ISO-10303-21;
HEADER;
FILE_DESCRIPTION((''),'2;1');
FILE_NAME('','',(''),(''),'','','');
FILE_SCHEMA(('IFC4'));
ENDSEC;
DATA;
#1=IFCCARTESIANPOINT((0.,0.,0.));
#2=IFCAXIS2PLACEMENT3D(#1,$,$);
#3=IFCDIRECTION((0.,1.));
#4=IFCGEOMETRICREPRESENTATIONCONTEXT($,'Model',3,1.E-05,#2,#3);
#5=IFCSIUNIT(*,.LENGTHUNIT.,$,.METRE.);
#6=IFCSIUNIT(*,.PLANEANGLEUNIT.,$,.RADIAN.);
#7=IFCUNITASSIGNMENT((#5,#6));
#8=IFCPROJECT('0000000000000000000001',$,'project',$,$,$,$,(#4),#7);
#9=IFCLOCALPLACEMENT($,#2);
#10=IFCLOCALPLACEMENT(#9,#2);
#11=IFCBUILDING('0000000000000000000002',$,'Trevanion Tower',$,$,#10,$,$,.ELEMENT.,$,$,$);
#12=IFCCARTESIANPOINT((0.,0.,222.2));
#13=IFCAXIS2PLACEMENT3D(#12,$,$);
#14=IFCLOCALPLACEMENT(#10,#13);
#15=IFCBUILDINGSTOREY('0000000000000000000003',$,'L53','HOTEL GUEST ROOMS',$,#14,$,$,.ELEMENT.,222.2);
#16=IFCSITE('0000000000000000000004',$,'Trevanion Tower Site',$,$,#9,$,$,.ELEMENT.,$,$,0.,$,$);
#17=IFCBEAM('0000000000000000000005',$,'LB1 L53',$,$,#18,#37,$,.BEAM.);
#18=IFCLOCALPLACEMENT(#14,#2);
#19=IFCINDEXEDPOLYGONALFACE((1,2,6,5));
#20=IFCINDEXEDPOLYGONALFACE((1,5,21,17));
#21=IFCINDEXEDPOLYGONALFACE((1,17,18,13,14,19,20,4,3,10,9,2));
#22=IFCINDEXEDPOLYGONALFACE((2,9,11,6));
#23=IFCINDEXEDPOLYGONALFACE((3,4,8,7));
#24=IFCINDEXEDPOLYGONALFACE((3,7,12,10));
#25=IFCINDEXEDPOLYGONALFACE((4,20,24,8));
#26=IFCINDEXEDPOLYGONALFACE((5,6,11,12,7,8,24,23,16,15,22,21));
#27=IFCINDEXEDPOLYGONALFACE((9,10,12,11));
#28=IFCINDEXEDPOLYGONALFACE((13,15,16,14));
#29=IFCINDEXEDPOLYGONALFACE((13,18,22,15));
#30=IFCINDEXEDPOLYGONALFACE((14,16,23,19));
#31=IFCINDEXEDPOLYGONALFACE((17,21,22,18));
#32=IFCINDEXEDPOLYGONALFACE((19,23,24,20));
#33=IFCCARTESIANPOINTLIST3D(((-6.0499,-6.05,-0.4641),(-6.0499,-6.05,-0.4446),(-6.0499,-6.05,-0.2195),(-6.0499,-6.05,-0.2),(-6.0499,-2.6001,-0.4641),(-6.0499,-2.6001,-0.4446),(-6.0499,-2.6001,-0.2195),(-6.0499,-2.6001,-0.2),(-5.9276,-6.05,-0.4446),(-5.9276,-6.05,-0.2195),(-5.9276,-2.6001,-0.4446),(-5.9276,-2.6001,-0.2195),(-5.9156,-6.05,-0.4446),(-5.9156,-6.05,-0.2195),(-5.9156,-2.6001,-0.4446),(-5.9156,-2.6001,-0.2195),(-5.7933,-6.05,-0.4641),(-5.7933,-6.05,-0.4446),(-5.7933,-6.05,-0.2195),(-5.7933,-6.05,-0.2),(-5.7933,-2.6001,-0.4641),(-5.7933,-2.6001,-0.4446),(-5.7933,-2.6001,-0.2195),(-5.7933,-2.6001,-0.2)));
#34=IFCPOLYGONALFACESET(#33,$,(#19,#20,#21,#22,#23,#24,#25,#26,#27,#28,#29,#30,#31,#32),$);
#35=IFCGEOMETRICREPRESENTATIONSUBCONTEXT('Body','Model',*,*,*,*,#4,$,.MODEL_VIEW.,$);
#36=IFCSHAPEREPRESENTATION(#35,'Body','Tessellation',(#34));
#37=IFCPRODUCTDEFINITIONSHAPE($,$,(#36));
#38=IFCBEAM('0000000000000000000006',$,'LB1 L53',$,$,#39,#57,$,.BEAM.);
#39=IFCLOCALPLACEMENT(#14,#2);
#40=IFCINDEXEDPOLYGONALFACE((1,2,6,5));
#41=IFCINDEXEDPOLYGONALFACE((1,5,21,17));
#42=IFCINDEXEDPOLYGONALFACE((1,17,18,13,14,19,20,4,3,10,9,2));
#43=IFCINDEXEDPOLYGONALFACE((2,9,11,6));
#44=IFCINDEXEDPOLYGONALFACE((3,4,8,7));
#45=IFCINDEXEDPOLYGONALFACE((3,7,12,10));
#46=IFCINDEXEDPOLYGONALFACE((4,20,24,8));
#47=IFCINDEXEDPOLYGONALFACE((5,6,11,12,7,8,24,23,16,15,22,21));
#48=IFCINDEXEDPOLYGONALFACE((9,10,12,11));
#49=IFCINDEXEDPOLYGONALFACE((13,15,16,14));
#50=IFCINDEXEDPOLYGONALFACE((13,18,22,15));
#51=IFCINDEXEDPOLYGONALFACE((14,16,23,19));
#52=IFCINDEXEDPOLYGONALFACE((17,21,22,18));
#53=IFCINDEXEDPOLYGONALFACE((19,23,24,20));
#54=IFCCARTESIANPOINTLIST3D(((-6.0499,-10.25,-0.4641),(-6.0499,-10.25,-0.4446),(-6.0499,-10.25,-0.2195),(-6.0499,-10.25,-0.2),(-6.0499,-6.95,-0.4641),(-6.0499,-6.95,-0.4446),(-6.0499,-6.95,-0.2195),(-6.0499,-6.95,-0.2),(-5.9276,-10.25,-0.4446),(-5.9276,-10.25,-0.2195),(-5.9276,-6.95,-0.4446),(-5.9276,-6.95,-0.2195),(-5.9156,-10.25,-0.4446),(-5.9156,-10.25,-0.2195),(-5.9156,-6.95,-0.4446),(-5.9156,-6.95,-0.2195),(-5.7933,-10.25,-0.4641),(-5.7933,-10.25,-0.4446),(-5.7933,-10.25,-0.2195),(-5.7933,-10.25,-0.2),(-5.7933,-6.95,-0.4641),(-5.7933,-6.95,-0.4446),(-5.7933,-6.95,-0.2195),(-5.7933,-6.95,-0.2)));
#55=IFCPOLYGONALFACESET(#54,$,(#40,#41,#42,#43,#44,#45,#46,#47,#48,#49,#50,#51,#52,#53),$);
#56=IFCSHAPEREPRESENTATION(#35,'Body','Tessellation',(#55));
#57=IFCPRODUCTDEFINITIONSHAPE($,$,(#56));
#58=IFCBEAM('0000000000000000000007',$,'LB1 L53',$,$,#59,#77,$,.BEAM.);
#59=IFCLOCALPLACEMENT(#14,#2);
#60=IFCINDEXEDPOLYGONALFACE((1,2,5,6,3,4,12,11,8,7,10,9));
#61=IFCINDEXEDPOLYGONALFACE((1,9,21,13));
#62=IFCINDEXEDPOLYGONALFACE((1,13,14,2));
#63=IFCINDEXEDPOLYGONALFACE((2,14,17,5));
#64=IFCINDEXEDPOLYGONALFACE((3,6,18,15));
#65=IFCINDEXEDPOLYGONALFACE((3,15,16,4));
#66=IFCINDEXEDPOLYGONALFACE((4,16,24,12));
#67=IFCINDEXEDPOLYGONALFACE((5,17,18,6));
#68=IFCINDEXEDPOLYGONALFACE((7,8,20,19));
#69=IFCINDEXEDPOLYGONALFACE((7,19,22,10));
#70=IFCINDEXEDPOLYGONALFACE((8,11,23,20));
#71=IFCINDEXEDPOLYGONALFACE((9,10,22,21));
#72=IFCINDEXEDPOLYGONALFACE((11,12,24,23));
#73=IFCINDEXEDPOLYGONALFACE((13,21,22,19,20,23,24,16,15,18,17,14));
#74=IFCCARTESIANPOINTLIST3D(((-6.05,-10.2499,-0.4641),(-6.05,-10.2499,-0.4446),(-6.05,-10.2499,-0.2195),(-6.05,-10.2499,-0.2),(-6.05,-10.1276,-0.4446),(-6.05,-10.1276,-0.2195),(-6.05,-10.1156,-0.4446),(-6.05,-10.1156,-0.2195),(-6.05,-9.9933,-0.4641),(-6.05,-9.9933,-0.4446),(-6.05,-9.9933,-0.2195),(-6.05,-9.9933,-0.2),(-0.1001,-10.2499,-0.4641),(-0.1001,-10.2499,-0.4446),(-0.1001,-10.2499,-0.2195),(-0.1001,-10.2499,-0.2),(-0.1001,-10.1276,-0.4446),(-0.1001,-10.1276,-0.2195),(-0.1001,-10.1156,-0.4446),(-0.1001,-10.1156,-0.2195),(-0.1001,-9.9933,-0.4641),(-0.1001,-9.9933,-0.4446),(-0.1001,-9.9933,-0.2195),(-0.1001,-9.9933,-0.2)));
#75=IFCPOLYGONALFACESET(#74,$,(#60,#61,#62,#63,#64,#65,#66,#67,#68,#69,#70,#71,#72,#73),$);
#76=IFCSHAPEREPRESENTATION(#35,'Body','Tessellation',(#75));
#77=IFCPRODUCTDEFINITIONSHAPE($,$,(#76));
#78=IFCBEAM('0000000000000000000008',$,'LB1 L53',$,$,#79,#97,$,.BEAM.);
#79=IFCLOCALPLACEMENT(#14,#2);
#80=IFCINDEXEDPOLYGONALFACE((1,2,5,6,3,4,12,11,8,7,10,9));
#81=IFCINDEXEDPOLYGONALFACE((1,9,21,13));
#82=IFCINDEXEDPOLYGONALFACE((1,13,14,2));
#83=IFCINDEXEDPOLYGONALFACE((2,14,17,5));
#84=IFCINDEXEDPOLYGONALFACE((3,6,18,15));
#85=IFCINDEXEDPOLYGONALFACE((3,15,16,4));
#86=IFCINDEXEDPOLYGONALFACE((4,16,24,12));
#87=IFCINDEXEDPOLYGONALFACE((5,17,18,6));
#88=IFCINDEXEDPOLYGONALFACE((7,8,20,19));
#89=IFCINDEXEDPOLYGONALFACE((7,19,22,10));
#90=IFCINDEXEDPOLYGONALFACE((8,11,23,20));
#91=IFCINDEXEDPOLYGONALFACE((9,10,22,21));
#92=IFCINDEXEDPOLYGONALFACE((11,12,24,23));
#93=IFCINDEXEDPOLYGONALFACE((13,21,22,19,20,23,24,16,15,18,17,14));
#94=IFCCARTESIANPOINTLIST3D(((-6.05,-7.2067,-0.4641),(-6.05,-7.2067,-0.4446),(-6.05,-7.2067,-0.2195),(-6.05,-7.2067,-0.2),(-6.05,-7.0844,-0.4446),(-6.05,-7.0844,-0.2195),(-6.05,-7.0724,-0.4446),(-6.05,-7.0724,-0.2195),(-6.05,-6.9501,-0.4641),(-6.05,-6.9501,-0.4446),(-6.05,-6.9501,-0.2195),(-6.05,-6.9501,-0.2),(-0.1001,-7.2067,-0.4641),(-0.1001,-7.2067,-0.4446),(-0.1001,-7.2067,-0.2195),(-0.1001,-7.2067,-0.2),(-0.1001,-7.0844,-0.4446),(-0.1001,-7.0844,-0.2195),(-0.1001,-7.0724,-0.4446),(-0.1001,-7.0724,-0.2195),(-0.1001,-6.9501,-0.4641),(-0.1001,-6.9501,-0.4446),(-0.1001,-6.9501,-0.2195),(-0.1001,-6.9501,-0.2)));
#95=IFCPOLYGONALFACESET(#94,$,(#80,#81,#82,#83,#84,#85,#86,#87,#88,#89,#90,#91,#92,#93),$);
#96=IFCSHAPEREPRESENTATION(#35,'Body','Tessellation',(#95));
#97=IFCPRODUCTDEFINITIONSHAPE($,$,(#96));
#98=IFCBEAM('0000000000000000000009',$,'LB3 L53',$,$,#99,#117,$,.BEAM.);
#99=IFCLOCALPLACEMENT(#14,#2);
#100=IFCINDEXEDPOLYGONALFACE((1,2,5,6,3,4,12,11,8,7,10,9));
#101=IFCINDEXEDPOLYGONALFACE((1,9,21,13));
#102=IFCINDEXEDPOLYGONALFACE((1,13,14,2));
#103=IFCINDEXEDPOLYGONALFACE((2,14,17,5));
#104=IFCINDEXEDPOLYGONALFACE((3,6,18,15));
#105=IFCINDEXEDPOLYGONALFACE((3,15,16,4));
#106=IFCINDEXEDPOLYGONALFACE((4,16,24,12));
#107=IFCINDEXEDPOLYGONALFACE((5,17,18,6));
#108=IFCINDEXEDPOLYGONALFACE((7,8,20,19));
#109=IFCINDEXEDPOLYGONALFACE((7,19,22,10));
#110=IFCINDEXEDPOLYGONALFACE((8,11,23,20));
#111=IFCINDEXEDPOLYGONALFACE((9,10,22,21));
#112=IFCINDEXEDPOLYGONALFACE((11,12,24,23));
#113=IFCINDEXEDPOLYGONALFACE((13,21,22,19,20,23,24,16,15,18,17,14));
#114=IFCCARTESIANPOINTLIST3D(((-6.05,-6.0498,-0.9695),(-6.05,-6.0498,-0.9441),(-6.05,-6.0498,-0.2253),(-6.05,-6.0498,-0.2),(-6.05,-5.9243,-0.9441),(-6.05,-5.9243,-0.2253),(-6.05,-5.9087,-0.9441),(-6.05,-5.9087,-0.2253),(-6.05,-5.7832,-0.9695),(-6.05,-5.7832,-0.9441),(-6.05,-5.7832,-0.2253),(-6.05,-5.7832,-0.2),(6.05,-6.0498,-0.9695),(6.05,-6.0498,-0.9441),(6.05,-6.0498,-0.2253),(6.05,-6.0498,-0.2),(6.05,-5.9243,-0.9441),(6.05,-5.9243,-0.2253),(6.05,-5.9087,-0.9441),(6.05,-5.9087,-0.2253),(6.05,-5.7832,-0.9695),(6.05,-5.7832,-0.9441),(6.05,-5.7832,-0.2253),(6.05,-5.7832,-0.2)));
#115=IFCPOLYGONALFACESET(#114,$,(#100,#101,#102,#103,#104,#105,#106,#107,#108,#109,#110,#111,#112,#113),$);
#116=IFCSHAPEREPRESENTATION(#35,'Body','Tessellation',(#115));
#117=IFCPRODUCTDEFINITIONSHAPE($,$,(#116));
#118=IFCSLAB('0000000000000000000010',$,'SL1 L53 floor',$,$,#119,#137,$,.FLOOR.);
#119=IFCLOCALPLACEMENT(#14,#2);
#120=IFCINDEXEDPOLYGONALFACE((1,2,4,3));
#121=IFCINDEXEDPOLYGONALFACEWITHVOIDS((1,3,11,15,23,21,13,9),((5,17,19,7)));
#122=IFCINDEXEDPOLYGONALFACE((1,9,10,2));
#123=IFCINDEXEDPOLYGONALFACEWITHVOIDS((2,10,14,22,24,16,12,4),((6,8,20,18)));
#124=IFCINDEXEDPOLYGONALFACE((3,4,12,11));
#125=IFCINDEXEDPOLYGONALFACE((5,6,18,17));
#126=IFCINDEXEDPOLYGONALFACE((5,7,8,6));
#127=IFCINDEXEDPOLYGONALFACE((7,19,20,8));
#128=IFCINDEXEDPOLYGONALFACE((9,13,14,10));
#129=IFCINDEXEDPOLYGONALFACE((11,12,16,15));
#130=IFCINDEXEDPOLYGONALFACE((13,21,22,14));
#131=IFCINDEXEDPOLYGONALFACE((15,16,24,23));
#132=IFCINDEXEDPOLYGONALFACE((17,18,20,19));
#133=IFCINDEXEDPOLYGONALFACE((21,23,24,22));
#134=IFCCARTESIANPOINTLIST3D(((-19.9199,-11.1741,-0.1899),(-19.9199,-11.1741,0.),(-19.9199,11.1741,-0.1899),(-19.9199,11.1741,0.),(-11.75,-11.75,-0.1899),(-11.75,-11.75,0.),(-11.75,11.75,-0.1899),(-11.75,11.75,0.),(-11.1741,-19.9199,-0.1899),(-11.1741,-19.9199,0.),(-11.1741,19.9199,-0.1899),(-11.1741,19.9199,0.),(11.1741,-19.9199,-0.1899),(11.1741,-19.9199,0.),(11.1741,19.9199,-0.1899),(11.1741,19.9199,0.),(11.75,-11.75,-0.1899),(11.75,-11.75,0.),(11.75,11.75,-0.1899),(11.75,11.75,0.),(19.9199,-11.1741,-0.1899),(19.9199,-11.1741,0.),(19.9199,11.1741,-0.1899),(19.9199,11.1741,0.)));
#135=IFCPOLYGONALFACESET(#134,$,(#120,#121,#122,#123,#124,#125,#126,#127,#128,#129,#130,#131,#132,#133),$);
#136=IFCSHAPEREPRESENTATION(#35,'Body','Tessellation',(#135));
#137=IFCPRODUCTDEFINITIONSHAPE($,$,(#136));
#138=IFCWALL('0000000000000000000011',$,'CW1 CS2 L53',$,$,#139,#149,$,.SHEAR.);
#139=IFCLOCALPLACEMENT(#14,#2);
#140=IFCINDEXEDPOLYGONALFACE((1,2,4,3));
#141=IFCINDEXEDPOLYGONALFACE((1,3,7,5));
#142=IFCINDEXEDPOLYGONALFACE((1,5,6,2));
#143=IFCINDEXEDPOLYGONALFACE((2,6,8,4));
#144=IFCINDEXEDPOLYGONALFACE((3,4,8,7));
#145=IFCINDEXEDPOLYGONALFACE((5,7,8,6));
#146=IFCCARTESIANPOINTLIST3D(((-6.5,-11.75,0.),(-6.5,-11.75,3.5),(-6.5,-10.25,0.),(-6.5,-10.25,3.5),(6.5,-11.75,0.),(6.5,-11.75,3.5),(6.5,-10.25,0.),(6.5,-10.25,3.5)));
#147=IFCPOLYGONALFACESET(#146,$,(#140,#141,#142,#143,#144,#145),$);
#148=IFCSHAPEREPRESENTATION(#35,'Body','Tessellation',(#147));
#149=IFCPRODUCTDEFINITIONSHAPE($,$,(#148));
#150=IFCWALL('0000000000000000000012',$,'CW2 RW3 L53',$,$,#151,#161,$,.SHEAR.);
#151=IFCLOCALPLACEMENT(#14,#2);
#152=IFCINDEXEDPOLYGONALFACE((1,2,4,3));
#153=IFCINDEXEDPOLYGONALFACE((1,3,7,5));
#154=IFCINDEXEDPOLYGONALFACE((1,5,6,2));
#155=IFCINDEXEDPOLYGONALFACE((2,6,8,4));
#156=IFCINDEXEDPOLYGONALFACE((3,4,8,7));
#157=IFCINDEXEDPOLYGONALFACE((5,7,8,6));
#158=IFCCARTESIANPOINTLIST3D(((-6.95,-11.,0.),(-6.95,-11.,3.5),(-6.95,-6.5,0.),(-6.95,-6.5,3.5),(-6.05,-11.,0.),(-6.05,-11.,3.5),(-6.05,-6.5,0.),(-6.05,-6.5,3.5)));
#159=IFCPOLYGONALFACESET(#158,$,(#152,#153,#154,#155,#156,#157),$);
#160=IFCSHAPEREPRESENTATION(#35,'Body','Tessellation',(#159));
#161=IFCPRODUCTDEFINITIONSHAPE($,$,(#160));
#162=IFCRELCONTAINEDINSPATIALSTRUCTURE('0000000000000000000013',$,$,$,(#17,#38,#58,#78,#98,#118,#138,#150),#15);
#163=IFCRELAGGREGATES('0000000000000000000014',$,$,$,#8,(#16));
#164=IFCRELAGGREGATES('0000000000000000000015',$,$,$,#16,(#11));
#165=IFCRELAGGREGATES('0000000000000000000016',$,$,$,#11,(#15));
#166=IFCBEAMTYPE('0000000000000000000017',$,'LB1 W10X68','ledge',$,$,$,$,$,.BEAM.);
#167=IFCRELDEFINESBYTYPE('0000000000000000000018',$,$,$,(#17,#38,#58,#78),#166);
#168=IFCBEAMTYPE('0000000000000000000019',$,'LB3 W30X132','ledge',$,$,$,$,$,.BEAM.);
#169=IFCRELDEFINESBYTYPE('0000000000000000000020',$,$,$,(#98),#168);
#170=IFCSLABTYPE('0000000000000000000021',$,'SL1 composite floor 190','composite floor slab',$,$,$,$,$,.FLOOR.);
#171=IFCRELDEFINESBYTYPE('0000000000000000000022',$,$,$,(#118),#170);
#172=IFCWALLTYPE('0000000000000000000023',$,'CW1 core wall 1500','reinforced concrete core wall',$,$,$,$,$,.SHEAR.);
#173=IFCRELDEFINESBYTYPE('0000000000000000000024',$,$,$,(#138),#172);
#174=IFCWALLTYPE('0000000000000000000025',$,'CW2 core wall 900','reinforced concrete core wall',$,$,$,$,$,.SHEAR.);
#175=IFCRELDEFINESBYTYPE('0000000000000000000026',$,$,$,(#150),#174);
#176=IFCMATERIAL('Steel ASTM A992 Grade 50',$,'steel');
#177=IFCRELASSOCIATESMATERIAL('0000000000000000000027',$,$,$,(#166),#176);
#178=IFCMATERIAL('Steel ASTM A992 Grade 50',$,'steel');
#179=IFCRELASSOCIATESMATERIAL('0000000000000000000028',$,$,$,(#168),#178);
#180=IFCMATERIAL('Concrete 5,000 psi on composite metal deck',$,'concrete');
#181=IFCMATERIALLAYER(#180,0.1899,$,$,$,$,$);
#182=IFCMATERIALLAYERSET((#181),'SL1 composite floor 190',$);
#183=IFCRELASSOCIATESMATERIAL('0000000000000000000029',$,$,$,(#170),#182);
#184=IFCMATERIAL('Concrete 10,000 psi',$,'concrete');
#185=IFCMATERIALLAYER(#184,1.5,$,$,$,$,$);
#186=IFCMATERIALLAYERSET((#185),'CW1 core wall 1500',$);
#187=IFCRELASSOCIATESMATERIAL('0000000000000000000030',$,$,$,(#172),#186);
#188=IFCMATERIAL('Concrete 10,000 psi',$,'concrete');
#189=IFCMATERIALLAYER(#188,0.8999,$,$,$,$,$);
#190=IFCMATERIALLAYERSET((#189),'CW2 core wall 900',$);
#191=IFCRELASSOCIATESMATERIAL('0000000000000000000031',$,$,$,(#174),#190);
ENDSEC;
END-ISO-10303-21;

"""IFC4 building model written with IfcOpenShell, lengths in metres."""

from ifc_helpers import new_model, si_unit, direction, frame, frame_2d, origin, origin_2d, place, context, subcontext, project, spatial, polyline, rectangle, i_section, outline, extrude, material, layer, layer_set, material_profile, profile_set, type_object, element, save


model = new_model("IFC4")

# Units and contexts
model_context = context("Model", 3, precision=1e-05, world=origin(), true_north=direction((0.0, 1.0)))
body_context = subcontext(model_context, "Body", "Model", "MODEL_VIEW")
ifc_project = project(units=[si_unit("LENGTHUNIT", "METRE"), si_unit("PLANEANGLEUNIT", "RADIAN")], contexts=[model_context])

# Site, building, storey
site_placement = place(None, origin())
site = spatial("IfcSite", under=ifc_project, at=site_placement, Name="Trevanion Tower Site", CompositionType="ELEMENT", RefElevation=0.0)
building_placement = place(site_placement, origin())
building = spatial("IfcBuilding", under=site, at=building_placement, Name="Trevanion Tower", CompositionType="ELEMENT")
storey_placement = place(building_placement, frame((0.0, 0.0, 222.2)))
storey = spatial("IfcBuildingStorey", under=building, at=storey_placement, Name="L53", Description="HOTEL GUEST ROOMS", CompositionType="ELEMENT", Elevation=222.2)

# Beams
ifc_material_1 = material(Name="Steel ASTM A992 Grade 50", Category="steel")
ifc_material_profile_1 = material_profile(ifc_material_1, i_section(OverallWidth=0.2566, OverallDepth=0.2642, WebThickness=0.012, FlangeThickness=0.0195, at=origin_2d()), Name="W10X68")
ifc_profile_set_1 = profile_set([ifc_material_profile_1], Name="Steel ASTM A992 Grade 50")
beam_type_1 = type_object("IfcBeamType", Name="LB1 W10X68", Description="ledge", PredefinedType="BEAM", material=ifc_profile_set_1)
beam_1_placement = place(storey_placement, frame((-5.9216, -6.05, -0.332), z_axis=(0.0, 1.0, 0.0), x_axis=(-1.0, 0.0, 0.0)))
element("IfcBeam", 1, at=beam_1_placement, inside=storey, type_object=beam_type_1, Name="LB1 L53", PredefinedType="BEAM", context=body_context, shape_type="SweptSolid", body=[
    extrude(i_section(OverallWidth=0.2566, OverallDepth=0.2642, WebThickness=0.012, FlangeThickness=0.0195, at=origin_2d()), origin(), (0.0, 0.0, 1.0), 3.45),
])
beam_2_placement = place(storey_placement, frame((-5.9216, -10.25, -0.332), z_axis=(0.0, 1.0, 0.0), x_axis=(-1.0, 0.0, 0.0)))
element("IfcBeam", 2, at=beam_2_placement, inside=storey, type_object=beam_type_1, Name="LB1 L53", PredefinedType="BEAM", context=body_context, shape_type="SweptSolid", body=[
    extrude(i_section(OverallWidth=0.2566, OverallDepth=0.2642, WebThickness=0.012, FlangeThickness=0.0195, at=origin_2d()), origin(), (0.0, 0.0, 1.0), 3.3),
])
for number, where, z_axis, x_axis, name in (
    (3, (-6.05, -10.1216, -0.332), (1.0, 0.0, 0.0), (0.0, 1.0, 0.0), "LB1 L53"),
    (4, (-6.05, -7.0784, -0.332), (1.0, 0.0, 0.0), (0.0, 1.0, 0.0), "LB1 L53"),
):
    element("IfcBeam", number, at=place(storey_placement, frame(where, z_axis=z_axis, x_axis=x_axis)), inside=storey, type_object=beam_type_1, Name=name, PredefinedType="BEAM", context=body_context, shape_type="SweptSolid", body=[
        extrude(i_section(OverallWidth=0.2566, OverallDepth=0.2642, WebThickness=0.012, FlangeThickness=0.0195, at=origin_2d()), origin(), (0.0, 0.0, 1.0), 5.95),
    ])
ifc_material_2 = material(Name="Steel ASTM A992 Grade 50", Category="steel")
ifc_material_profile_2 = material_profile(ifc_material_2, i_section(OverallWidth=0.2666, OverallDepth=0.7695, WebThickness=0.0156, FlangeThickness=0.0254, at=origin_2d()), Name="W30X132")
ifc_profile_set_2 = profile_set([ifc_material_profile_2], Name="Steel ASTM A992 Grade 50")
beam_type_2 = type_object("IfcBeamType", Name="LB3 W30X132", Description="ledge", PredefinedType="BEAM", material=ifc_profile_set_2)
beam_3_placement = place(storey_placement, frame((-6.05, -5.9165, -0.5847), z_axis=(1.0, 0.0, 0.0), x_axis=(0.0, 1.0, 0.0)))
element("IfcBeam", 5, at=beam_3_placement, inside=storey, type_object=beam_type_2, Name="LB3 L53", PredefinedType="BEAM", context=body_context, shape_type="SweptSolid", body=[
    extrude(i_section(OverallWidth=0.2666, OverallDepth=0.7695, WebThickness=0.0156, FlangeThickness=0.0254, at=origin_2d()), origin(), (0.0, 0.0, 1.0), 12.1001),
])

# Slab
ifc_material_3 = material(Name="Concrete 5,000 psi on composite metal deck", Category="concrete")
ifc_layer_1 = layer(ifc_material_3, 0.1899)
ifc_layer_set_1 = layer_set([ifc_layer_1], Name="SL1 composite floor 190")
slab_type = type_object("IfcSlabType", Name="SL1 composite floor 190", Description="composite floor slab", PredefinedType="FLOOR", material=ifc_layer_set_1)
slab_placement = place(storey_placement, frame((0.0, 0.0, -0.1899)))
element("IfcSlab", 6, at=slab_placement, inside=storey, type_object=slab_type, Name="SL1 L53 floor", PredefinedType="FLOOR", context=body_context, shape_type="SweptSolid", body=[
    extrude(outline(polyline([(19.9199, -11.1741), (19.9199, 11.1741), (11.1741, 19.9199), (-11.1741, 19.9199), (-19.9199, 11.1741), (-19.9199, -11.1741), (-11.1741, -19.9199), (11.1741, -19.9199), (19.9199, -11.1741)]), holes=[polyline([(11.75, -11.75), (11.75, 11.75), (-11.75, 11.75), (-11.75, -11.75), (11.75, -11.75)])]), origin(), (0.0, 0.0, 1.0), 0.1899),
])

# Walls
ifc_material_4 = material(Name="Concrete 10,000 psi", Category="concrete")
ifc_layer_2 = layer(ifc_material_4, 1.5)
ifc_layer_set_2 = layer_set([ifc_layer_2], Name="CW1 core wall 1500")
wall_type_1 = type_object("IfcWallType", Name="CW1 core wall 1500", Description="reinforced concrete core wall", PredefinedType="SHEAR", material=ifc_layer_set_2)
wall_1_placement = place(storey_placement, frame((-6.5, -11.0, 0.0), z_axis=(0.0, 0.0, 1.0), x_axis=(1.0, 0.0, 0.0)))
element("IfcWall", 7, at=wall_1_placement, inside=storey, type_object=wall_type_1, Name="CW1 CS2 L53", PredefinedType="SHEAR", context=body_context, shape_type="SweptSolid", body=[
    extrude(rectangle(XDim=13.0, YDim=1.5, at=frame_2d((6.5, 0.0))), origin(), (0.0, 0.0, 1.0), 3.5),
])
ifc_material_5 = material(Name="Concrete 10,000 psi", Category="concrete")
ifc_layer_3 = layer(ifc_material_5, 0.8999)
ifc_layer_set_3 = layer_set([ifc_layer_3], Name="CW2 core wall 900")
wall_type_2 = type_object("IfcWallType", Name="CW2 core wall 900", Description="reinforced concrete core wall", PredefinedType="SHEAR", material=ifc_layer_set_3)
wall_2_placement = place(storey_placement, frame((-6.5, -6.5, 0.0), z_axis=(0.0, 0.0, 1.0), x_axis=(0.0, -1.0, 0.0)))
element("IfcWall", 8, at=wall_2_placement, inside=storey, type_object=wall_type_2, Name="CW2 RW3 L53", PredefinedType="SHEAR", context=body_context, shape_type="SweptSolid", body=[
    extrude(rectangle(XDim=4.5, YDim=0.8999, at=frame_2d((2.25, 0.0))), origin(), (0.0, 0.0, 1.0), 3.5),
])

save(model, "model.ifc")
